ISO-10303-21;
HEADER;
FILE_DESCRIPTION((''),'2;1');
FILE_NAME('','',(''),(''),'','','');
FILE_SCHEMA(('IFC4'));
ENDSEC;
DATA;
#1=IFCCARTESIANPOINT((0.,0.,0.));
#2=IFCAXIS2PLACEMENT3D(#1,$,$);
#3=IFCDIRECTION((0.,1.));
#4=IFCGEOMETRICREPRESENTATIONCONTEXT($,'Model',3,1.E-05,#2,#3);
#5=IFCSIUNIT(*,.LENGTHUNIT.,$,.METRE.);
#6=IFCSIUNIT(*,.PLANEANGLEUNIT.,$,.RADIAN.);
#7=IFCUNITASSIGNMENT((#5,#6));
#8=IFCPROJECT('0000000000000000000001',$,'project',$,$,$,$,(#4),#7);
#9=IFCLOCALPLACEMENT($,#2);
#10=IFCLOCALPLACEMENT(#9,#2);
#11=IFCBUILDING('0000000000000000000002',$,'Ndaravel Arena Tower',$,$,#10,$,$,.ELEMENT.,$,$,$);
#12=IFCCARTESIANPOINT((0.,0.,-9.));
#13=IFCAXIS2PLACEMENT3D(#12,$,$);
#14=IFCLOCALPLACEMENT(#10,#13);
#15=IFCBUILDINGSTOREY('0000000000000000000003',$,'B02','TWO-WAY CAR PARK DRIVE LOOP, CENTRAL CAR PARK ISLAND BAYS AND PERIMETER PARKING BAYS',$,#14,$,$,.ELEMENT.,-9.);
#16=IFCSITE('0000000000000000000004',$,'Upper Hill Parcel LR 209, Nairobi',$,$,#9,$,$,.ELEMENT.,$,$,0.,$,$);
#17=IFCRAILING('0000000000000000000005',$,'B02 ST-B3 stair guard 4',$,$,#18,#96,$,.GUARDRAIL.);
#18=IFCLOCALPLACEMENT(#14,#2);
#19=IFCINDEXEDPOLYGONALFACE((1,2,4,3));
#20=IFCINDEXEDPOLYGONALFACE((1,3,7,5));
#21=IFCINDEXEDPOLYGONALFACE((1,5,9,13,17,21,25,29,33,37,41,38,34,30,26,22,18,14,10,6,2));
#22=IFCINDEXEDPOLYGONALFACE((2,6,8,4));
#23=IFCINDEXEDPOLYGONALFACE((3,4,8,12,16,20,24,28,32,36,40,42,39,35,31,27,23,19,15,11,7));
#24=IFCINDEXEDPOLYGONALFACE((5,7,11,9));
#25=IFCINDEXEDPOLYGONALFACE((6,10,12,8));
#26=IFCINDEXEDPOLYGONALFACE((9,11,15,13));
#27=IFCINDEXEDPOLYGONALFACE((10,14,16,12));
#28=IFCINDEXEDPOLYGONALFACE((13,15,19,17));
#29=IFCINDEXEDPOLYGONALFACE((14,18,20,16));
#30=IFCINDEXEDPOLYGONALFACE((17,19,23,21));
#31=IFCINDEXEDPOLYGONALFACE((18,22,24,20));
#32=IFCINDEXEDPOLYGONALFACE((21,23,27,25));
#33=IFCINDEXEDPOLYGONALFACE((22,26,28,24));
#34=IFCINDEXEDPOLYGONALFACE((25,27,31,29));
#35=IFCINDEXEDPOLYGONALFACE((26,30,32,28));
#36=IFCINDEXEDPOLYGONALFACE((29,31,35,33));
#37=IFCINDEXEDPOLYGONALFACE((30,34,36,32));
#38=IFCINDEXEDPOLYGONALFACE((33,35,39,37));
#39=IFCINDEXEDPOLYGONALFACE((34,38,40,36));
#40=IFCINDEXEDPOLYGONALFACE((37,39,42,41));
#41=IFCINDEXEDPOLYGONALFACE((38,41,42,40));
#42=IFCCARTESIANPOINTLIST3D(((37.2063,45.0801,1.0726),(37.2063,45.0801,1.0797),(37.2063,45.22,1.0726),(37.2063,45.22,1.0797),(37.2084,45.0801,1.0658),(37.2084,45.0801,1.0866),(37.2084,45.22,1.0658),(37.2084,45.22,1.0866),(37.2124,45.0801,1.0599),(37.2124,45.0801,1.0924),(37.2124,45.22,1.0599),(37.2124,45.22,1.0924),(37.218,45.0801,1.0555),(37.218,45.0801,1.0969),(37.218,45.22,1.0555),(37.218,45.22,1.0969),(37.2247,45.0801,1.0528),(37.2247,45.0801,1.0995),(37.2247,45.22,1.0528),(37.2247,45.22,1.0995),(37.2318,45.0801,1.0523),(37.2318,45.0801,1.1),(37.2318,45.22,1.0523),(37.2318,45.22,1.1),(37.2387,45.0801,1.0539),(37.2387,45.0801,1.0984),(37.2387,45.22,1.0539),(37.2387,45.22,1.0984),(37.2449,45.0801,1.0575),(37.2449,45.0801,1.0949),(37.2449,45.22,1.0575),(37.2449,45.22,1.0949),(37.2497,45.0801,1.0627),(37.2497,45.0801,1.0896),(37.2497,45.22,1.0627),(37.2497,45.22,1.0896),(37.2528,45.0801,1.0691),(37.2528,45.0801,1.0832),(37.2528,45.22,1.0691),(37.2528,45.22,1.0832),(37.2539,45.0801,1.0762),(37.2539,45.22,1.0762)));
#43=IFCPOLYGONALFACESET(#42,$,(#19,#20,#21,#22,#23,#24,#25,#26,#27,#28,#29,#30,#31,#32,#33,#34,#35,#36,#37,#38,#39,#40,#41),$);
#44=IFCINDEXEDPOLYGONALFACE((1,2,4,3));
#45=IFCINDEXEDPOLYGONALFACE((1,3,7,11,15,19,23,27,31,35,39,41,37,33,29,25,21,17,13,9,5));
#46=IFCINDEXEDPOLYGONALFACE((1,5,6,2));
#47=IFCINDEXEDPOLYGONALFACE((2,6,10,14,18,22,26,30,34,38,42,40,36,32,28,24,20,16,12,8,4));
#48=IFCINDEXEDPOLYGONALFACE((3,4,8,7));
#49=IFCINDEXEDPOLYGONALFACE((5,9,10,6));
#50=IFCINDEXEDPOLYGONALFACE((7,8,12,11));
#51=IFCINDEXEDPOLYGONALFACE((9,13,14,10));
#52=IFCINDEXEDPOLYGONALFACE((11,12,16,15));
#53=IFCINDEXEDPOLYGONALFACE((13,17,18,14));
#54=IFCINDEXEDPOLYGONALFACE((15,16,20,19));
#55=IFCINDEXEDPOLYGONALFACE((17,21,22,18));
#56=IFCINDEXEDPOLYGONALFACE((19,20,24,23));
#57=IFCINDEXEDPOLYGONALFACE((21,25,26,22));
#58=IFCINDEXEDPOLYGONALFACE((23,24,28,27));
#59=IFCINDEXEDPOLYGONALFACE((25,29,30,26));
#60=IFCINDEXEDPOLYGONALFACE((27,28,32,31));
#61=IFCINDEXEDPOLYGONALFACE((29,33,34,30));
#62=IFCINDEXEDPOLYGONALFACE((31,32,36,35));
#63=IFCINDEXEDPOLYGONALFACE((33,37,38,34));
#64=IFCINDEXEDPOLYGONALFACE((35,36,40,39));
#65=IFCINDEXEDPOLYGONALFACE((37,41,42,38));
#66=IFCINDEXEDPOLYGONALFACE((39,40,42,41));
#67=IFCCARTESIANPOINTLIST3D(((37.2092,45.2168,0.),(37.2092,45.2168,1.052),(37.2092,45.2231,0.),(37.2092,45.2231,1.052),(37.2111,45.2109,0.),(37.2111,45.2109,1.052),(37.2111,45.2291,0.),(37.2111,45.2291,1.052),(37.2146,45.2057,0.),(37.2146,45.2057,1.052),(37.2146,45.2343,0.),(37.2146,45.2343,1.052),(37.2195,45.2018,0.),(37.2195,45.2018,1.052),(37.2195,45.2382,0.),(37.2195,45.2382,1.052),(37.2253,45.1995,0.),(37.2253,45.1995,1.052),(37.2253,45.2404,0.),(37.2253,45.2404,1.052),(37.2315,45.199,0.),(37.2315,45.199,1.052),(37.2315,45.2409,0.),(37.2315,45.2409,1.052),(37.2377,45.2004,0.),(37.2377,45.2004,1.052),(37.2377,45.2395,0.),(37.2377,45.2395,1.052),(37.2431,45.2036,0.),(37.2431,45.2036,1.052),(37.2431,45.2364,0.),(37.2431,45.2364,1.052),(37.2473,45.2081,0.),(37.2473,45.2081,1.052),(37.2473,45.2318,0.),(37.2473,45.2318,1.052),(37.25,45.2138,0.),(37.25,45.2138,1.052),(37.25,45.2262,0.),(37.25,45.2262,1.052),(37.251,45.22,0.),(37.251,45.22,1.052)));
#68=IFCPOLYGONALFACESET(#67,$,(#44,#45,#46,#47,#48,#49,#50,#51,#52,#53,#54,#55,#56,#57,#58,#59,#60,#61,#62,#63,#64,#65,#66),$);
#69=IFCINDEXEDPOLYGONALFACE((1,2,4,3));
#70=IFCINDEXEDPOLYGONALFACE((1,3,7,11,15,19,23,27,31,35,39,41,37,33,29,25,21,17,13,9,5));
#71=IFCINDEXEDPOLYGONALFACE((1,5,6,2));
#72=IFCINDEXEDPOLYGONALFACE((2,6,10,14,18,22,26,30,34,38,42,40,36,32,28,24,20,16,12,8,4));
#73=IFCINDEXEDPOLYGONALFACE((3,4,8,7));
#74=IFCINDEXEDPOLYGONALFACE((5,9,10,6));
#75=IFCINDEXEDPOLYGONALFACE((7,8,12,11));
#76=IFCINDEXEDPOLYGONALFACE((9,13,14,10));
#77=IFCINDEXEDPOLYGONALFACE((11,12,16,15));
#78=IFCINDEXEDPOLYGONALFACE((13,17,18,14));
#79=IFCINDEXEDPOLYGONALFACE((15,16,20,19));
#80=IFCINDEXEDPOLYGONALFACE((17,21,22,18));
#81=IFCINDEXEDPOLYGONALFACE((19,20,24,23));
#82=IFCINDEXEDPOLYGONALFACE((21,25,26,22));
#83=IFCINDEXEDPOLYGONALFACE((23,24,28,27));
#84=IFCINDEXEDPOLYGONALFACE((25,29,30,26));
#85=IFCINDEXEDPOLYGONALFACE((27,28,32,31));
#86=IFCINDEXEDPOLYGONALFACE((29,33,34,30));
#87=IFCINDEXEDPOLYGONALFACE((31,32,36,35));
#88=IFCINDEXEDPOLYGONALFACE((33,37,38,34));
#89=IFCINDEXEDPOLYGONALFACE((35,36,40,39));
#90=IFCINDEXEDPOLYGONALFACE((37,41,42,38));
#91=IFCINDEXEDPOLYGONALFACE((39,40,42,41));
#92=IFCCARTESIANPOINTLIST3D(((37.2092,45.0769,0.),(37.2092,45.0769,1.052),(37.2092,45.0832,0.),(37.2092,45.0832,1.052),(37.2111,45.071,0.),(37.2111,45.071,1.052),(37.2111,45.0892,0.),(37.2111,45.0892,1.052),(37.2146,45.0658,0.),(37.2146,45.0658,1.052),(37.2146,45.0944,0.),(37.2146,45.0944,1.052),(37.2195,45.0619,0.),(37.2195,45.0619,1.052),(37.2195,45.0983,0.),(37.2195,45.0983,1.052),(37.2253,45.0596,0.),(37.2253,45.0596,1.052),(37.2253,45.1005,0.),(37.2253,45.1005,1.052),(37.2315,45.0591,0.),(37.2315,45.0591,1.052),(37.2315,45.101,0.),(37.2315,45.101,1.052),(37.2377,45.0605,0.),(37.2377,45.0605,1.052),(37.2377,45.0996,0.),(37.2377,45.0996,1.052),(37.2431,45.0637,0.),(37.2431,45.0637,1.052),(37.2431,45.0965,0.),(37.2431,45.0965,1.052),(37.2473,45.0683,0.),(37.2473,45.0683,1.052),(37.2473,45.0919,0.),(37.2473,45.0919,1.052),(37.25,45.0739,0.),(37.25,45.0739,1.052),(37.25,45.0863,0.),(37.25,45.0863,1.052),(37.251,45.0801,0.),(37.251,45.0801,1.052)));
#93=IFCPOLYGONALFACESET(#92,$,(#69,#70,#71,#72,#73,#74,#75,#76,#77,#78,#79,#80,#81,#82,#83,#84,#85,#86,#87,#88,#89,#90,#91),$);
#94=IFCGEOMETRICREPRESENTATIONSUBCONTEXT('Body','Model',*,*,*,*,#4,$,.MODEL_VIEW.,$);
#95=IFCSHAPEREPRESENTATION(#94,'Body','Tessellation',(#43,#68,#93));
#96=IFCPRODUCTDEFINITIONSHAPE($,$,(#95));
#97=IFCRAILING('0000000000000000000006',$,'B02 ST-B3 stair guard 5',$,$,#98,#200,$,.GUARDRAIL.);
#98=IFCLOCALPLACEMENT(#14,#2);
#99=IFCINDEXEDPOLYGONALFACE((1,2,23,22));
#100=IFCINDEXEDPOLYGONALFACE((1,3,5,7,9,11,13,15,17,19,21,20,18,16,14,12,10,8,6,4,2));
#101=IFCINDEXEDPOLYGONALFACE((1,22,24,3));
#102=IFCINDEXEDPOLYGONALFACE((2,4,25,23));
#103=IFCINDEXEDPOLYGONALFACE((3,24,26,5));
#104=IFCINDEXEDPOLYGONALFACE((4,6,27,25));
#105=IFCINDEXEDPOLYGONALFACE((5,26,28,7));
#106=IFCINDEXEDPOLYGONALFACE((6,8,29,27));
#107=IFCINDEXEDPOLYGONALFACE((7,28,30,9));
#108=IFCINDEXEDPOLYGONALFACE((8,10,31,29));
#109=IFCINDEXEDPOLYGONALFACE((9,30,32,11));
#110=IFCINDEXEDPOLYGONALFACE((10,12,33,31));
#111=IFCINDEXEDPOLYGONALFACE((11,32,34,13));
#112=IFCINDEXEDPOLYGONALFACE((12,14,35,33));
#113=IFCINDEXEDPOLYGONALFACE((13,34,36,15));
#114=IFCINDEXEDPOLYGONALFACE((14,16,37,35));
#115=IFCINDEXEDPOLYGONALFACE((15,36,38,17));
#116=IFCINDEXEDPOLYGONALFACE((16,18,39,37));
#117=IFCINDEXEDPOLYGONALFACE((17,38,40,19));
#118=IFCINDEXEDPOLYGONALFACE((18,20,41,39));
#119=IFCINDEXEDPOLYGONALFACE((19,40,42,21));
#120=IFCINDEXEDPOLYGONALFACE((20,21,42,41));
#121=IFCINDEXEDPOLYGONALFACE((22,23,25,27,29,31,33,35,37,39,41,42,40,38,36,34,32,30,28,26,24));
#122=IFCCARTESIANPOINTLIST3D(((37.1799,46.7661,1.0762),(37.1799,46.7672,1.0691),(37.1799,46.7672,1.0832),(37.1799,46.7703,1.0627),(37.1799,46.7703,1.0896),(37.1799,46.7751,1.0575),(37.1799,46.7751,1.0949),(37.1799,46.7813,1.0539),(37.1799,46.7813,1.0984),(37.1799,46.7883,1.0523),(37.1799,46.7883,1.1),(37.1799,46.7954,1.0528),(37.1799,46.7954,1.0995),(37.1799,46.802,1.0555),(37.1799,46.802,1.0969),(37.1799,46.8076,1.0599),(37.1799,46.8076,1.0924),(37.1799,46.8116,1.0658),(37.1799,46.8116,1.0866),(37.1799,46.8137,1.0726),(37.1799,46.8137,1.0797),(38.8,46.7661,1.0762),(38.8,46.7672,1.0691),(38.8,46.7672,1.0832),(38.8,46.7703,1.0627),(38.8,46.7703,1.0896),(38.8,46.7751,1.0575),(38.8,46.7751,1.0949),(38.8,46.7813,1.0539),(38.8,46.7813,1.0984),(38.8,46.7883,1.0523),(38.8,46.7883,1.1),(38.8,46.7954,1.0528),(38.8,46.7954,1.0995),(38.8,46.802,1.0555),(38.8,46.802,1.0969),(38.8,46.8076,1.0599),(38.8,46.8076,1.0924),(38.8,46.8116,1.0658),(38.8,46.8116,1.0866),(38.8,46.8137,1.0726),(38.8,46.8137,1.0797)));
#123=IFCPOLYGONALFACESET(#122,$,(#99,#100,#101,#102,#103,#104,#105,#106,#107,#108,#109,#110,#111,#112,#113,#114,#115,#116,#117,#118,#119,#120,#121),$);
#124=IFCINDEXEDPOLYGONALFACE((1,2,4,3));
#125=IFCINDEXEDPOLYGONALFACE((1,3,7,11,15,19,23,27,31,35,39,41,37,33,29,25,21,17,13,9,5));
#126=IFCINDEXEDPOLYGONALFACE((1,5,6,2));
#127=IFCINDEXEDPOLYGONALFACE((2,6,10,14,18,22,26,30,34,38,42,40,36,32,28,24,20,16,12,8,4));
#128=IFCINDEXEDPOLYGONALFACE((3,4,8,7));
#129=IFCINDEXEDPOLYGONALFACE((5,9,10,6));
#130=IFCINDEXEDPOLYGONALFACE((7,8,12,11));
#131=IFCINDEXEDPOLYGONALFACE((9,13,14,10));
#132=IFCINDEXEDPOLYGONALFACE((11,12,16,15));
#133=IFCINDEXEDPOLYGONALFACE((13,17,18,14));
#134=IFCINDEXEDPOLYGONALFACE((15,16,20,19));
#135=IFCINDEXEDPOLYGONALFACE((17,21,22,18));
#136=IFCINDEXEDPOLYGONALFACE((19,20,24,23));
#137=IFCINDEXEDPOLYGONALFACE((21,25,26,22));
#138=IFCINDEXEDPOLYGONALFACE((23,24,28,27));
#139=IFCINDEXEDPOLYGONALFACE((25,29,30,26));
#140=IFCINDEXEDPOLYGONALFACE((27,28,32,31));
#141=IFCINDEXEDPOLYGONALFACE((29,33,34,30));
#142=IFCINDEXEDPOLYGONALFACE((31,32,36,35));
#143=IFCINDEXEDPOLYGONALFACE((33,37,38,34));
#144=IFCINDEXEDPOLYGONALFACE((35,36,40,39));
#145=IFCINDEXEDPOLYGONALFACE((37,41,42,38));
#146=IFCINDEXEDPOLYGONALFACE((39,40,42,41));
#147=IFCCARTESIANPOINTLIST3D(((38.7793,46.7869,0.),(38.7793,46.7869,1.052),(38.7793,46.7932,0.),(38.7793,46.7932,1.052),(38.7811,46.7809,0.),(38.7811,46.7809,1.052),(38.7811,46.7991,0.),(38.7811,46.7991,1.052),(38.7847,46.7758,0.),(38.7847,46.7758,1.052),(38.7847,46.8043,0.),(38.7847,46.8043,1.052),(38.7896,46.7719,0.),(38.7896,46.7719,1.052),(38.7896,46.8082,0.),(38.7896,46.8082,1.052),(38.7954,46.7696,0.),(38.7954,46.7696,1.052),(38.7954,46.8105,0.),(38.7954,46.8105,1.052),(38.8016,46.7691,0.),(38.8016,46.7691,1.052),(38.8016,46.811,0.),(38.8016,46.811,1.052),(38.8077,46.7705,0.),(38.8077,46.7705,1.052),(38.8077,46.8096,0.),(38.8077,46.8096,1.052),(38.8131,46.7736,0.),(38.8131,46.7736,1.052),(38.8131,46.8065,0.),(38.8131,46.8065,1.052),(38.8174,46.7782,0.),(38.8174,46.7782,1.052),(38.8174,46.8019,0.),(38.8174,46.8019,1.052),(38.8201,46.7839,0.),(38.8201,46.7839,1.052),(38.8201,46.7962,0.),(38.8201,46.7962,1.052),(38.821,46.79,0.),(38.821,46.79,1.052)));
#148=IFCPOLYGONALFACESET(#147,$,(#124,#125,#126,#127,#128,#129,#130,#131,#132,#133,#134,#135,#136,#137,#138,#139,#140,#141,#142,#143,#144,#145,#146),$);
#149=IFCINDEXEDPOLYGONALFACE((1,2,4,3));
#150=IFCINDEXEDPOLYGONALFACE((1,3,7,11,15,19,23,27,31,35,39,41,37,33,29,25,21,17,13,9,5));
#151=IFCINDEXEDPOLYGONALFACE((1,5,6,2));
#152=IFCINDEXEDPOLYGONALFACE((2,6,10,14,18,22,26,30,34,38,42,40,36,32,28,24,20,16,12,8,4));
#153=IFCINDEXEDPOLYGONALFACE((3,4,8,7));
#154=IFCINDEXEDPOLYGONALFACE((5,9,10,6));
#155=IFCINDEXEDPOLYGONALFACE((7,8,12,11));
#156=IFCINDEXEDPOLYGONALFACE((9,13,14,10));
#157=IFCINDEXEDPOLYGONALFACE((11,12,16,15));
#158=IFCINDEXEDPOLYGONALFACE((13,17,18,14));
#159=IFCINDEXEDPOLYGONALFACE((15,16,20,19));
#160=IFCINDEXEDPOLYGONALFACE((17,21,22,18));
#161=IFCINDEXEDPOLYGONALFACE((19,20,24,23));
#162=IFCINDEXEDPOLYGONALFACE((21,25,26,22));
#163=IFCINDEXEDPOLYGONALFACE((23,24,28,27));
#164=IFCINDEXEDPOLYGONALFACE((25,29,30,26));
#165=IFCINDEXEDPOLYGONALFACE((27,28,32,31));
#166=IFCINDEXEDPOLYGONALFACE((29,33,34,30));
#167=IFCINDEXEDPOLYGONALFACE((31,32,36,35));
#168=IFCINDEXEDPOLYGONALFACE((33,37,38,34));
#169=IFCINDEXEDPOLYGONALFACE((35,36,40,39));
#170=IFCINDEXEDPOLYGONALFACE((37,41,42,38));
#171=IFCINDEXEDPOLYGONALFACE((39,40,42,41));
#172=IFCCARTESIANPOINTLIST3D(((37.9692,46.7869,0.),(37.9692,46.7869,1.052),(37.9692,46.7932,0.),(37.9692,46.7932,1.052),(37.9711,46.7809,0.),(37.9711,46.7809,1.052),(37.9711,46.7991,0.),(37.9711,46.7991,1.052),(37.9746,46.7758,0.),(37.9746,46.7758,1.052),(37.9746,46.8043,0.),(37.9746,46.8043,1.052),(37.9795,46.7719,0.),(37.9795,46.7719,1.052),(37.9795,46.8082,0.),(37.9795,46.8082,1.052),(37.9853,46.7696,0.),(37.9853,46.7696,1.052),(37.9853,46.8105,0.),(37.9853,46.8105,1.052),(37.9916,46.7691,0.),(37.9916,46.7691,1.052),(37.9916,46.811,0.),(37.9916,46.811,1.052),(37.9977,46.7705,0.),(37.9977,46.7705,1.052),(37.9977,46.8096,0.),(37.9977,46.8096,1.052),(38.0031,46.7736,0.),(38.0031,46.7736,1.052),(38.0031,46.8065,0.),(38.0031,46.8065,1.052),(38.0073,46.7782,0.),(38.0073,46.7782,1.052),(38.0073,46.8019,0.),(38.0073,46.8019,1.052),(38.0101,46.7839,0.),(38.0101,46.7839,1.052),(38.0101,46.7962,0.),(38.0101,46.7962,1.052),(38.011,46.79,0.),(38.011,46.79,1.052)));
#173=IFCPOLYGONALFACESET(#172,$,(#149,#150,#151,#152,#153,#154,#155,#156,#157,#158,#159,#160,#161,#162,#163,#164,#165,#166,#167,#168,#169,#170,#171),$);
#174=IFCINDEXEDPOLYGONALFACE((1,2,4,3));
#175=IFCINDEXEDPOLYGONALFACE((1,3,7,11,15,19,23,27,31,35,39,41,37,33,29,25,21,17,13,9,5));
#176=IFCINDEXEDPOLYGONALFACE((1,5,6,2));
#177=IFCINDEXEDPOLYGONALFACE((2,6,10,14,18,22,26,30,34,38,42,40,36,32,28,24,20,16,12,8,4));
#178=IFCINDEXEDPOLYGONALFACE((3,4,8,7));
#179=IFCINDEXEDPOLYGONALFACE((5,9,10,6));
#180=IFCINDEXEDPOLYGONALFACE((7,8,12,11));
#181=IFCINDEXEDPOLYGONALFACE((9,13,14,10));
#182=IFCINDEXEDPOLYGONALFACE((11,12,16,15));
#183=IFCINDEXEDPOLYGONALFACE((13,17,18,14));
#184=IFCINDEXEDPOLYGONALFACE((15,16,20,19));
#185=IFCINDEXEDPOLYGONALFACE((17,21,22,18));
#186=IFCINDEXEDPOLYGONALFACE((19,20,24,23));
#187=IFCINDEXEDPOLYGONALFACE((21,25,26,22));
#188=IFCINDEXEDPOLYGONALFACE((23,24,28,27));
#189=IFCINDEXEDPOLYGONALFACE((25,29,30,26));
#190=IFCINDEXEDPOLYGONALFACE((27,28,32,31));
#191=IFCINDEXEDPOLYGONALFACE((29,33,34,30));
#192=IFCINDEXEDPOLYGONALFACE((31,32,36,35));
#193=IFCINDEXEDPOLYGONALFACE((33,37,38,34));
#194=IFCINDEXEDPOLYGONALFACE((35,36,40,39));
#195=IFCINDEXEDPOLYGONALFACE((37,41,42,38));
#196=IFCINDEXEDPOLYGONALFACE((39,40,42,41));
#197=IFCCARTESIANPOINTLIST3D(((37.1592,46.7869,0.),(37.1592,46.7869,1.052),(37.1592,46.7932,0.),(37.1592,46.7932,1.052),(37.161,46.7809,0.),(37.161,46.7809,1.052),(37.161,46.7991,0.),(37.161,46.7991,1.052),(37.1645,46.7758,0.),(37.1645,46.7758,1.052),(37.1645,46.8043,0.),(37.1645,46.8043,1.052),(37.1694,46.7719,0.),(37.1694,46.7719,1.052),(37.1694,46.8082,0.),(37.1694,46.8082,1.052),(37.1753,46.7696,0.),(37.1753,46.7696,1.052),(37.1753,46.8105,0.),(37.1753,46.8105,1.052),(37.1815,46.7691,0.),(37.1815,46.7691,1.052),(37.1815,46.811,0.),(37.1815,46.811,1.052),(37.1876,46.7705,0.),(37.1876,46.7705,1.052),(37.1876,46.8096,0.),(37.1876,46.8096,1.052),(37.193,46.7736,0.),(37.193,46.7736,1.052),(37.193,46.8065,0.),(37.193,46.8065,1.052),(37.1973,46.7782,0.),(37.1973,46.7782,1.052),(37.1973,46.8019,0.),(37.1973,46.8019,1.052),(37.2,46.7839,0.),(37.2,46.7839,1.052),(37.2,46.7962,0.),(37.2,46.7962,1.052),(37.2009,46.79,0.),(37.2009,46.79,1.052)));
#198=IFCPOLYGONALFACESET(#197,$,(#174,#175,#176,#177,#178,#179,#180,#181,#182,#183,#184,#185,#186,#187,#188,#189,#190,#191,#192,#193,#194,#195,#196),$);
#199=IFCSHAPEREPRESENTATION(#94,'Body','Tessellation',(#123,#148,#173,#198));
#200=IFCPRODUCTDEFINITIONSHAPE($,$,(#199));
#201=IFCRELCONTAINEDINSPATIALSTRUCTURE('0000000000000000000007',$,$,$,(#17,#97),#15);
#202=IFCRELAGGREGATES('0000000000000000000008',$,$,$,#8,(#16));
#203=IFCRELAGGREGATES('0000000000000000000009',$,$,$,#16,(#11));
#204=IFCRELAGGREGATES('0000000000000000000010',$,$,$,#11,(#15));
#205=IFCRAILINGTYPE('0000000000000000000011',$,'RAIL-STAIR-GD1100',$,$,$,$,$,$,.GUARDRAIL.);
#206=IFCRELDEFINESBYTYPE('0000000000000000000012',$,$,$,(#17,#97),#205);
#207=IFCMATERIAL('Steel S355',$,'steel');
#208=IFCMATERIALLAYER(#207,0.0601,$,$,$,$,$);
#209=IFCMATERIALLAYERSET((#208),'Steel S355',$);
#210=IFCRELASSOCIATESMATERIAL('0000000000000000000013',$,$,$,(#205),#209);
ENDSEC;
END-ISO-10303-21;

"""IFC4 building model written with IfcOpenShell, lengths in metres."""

from ifc_helpers import new_model, si_unit, direction, frame, origin, origin_2d, place, context, subcontext, project, spatial, circle, extrude, material, layer, layer_set, type_object, element, save


model = new_model("IFC4")

# Units and contexts
model_context = context("Model", 3, precision=1e-05, world=origin(), true_north=direction((0.0, 1.0)))
body_context = subcontext(model_context, "Body", "Model", "MODEL_VIEW")
ifc_project = project(units=[si_unit("LENGTHUNIT", "METRE"), si_unit("PLANEANGLEUNIT", "RADIAN")], contexts=[model_context])

# Site, building, storey
site_placement = place(None, origin())
site = spatial("IfcSite", under=ifc_project, at=site_placement, Name="Upper Hill Parcel LR 209, Nairobi", CompositionType="ELEMENT", RefElevation=0.0)
building_placement = place(site_placement, origin())
building = spatial("IfcBuilding", under=site, at=building_placement, Name="Ndaravel Arena Tower", CompositionType="ELEMENT")
storey_placement = place(building_placement, frame((0.0, 0.0, -9.0)))
storey = spatial("IfcBuildingStorey", under=building, at=storey_placement, Name="B02", Description="TWO-WAY CAR PARK DRIVE LOOP, CENTRAL CAR PARK ISLAND BAYS AND PERIMETER PARKING BAYS", CompositionType="ELEMENT", Elevation=-9.0)

# Railings
ifc_material_1 = material(Name="Steel S355", Category="steel")
ifc_layer_1 = layer(ifc_material_1, 0.0601)
ifc_layer_set_1 = layer_set([ifc_layer_1], Name="Steel S355")
railing_type_1 = type_object("IfcRailingType", Name="RAIL-STAIR-GD1100", PredefinedType="GUARDRAIL", material=ifc_layer_set_1)
railing_1_placement = place(storey_placement, frame((37.23, 45.22, 0.0)))
element("IfcRailing", 1, at=railing_1_placement, inside=storey, type_object=railing_type_1, Name="B02 ST-B3 stair guard 4", PredefinedType="GUARDRAIL", context=body_context, shape_type="SweptSolid", body=[
    extrude(circle(Radius=0.0239, at=origin_2d()), frame((0.0, 0.0, 1.0762), z_axis=(0.0, -1.0, 0.0), x_axis=(1.0, 0.0, 0.0)), (0.0, 0.0, 1.0), 0.1399),
    extrude(circle(Radius=0.021, at=origin_2d()), origin(), (0.0, 0.0, 1.0), 1.052),
    extrude(circle(Radius=0.021, at=origin_2d()), frame((0.0, -0.1399, 0.0)), (0.0, 0.0, 1.0), 1.052),
])
for number, where, name in (
    (2, (38.8, 46.79, 0.0), "B02 ST-B3 stair guard 5"),
):
    element("IfcRailing", number, at=place(storey_placement, frame(where)), inside=storey, type_object=railing_type_1, Name=name, PredefinedType="GUARDRAIL", context=body_context, shape_type="SweptSolid", body=[
        extrude(circle(Radius=0.0239, at=origin_2d()), frame((0.0, 0.0, 1.0762), z_axis=(-1.0, 0.0, 0.0), x_axis=(0.0, -1.0, 0.0)), (0.0, 0.0, 1.0), 1.6201),
        extrude(circle(Radius=0.021, at=origin_2d()), origin(), (0.0, 0.0, 1.0), 1.052),
        extrude(circle(Radius=0.021, at=origin_2d()), frame((-0.8101, 0.0, 0.0)), (0.0, 0.0, 1.0), 1.052),
        extrude(circle(Radius=0.021, at=origin_2d()), frame((-1.6201, 0.0, 0.0)), (0.0, 0.0, 1.0), 1.052),
    ])

save(model, "model.ifc")
